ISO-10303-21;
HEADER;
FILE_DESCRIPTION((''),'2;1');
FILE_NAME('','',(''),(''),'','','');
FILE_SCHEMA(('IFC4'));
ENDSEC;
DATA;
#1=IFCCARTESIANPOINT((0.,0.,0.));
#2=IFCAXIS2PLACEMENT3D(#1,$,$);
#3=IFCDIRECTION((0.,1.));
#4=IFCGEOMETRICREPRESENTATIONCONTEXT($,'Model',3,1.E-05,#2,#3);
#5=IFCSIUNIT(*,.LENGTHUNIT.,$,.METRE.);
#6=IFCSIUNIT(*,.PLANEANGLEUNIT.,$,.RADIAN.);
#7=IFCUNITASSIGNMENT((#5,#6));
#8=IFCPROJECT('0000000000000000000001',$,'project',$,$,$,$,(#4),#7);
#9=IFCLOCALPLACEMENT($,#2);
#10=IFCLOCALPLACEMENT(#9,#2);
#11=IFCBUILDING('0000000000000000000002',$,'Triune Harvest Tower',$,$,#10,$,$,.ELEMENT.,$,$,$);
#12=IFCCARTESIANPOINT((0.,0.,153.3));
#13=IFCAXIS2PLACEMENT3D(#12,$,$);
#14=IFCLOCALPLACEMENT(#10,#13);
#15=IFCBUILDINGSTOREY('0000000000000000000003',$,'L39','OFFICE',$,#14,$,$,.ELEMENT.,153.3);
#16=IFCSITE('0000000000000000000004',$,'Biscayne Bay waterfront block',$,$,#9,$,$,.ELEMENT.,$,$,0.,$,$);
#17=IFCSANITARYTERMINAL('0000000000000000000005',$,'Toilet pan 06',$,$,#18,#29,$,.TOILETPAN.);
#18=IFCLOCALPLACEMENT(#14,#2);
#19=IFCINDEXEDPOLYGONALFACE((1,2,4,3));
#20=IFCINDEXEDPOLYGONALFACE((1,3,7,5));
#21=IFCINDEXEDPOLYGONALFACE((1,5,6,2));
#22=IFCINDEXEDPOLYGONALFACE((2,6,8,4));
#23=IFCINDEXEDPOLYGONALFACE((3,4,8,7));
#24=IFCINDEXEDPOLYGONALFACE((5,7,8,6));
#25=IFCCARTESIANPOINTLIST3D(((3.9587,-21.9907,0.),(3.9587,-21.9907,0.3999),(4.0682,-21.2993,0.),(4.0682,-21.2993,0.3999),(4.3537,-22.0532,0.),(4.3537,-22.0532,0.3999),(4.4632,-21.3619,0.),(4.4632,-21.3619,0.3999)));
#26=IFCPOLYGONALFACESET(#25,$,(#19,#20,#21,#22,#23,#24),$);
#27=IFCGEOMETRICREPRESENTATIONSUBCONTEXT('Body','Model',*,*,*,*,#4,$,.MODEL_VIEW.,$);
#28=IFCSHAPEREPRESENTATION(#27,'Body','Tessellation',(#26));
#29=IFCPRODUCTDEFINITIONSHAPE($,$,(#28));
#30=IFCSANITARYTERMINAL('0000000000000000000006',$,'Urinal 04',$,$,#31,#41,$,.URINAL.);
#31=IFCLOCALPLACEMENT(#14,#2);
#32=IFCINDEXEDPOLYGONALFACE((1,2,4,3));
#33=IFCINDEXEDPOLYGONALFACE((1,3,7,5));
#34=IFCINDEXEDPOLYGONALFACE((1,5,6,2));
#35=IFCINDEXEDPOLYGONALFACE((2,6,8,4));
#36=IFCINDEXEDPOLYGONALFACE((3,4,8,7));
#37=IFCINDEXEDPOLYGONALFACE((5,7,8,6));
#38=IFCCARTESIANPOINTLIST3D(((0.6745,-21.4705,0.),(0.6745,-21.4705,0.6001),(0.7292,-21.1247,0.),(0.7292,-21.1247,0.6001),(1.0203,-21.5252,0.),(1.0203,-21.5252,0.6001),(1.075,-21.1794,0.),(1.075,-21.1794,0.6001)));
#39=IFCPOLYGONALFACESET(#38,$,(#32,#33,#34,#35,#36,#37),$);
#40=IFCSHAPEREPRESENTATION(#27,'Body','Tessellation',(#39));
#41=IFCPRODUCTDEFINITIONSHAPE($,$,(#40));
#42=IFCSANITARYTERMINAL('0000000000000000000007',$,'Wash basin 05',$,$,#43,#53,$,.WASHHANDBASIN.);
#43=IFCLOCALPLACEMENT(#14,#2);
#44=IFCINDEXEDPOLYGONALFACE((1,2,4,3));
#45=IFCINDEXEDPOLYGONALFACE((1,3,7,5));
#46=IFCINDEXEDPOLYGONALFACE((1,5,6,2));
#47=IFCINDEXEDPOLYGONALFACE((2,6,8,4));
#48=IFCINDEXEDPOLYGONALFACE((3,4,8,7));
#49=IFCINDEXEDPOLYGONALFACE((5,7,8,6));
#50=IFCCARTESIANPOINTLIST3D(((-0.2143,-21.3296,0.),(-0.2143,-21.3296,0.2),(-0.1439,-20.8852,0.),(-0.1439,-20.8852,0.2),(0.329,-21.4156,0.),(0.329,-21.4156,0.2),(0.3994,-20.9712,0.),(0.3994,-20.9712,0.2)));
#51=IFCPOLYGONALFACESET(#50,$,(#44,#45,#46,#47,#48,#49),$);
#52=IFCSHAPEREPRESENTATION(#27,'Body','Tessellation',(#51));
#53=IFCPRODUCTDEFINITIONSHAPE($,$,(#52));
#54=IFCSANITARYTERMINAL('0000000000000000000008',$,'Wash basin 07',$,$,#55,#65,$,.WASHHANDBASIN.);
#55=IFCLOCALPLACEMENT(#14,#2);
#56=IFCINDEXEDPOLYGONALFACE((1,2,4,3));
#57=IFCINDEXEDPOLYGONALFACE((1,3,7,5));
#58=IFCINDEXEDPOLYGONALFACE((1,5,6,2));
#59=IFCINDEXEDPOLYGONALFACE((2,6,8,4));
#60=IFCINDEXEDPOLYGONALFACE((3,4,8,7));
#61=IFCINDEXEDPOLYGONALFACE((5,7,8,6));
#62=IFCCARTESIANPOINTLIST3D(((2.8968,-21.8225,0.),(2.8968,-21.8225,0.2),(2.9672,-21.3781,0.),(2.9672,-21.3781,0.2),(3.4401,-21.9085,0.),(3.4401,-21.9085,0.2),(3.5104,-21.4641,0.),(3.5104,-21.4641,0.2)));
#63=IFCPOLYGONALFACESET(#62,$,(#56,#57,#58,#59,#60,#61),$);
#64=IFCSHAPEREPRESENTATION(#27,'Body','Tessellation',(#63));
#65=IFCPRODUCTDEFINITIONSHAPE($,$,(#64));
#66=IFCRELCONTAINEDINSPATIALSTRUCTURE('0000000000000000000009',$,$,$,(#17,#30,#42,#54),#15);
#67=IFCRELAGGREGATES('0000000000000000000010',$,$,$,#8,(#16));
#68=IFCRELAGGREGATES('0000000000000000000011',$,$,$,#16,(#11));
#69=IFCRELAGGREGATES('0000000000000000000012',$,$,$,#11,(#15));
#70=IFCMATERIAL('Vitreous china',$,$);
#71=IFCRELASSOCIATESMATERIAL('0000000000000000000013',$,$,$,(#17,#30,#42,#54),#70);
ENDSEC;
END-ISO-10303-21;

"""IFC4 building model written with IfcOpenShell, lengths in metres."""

from ifc_helpers import new_model, si_unit, direction, frame, origin, origin_2d, place, context, subcontext, project, spatial, rectangle, extrude, source, transform, mapped, material, element, save


model = new_model("IFC4")

# Units and contexts
model_context = context("Model", 3, precision=1e-05, world=origin(), true_north=direction((0.0, 1.0)))
body_context = subcontext(model_context, "Body", "Model", "MODEL_VIEW")
ifc_project = project(units=[si_unit("LENGTHUNIT", "METRE"), si_unit("PLANEANGLEUNIT", "RADIAN")], contexts=[model_context])

# Site, building, storey
site_placement = place(None, origin())
site = spatial("IfcSite", under=ifc_project, at=site_placement, Name="Biscayne Bay waterfront block", CompositionType="ELEMENT", RefElevation=0.0)
building_placement = place(site_placement, origin())
building = spatial("IfcBuilding", under=site, at=building_placement, Name="Triune Harvest Tower", CompositionType="ELEMENT")
storey_placement = place(building_placement, frame((0.0, 0.0, 153.3)))
storey = spatial("IfcBuildingStorey", under=building, at=storey_placement, Name="L39", Description="OFFICE", CompositionType="ELEMENT", Elevation=153.3)

# Sanitary terminals
ifc_material_1 = material(Name="Vitreous china")
shared_shape_1 = source(origin(), body_context, "Body", "SweptSolid", [
    extrude(rectangle(XDim=0.3999, YDim=0.7, at=origin_2d()), origin(), (0.0, 0.0, 1.0), 0.3999),
])
for number, where, z_axis, x_axis, name in (
    (1, (4.2109, -21.6763, 0.0), (0.0, 0.0, 1.0), (-0.987688, 0.156434, 0.0), "Toilet pan 06"),
):
    element("IfcSanitaryTerminal", number, at=place(storey_placement, frame(where, z_axis=z_axis, x_axis=x_axis)), inside=storey, material=ifc_material_1, Name=name, PredefinedType="TOILETPAN", context=body_context, shape_type="MappedRepresentation", body=[
        mapped(shared_shape_1, transform((0.0, 0.0, 0.0), scale=1.0)),
    ])
shared_shape_2 = source(origin(), body_context, "Body", "SweptSolid", [
    extrude(rectangle(XDim=0.3501, YDim=0.3501, at=origin_2d()), origin(), (0.0, 0.0, 1.0), 0.6001),
])
sanitary_terminal_placement = place(storey_placement, frame((0.8748, -21.325, 0.0), z_axis=(0.0, 0.0, 1.0), x_axis=(-0.987688, 0.156434, 0.0)))
element("IfcSanitaryTerminal", 2, at=sanitary_terminal_placement, inside=storey, material=ifc_material_1, Name="Urinal 04", PredefinedType="URINAL", context=body_context, shape_type="MappedRepresentation", body=[
    mapped(shared_shape_2, transform((0.0, 0.0, 0.0), scale=1.0)),
])
shared_shape_3 = source(origin(), body_context, "Body", "SweptSolid", [
    extrude(rectangle(XDim=0.55, YDim=0.45, at=origin_2d()), origin(), (0.0, 0.0, 1.0), 0.2),
])
for number, where, z_axis, x_axis, name in (
    (3, (0.0925, -21.1504, 0.0), (0.0, 0.0, 1.0), (-0.987688, 0.156434, 0.0), "Wash basin 05"),
    (4, (3.2036, -21.6433, 0.0), (0.0, 0.0, 1.0), (-0.987688, 0.156434, 0.0), "Wash basin 07"),
):
    element("IfcSanitaryTerminal", number, at=place(storey_placement, frame(where, z_axis=z_axis, x_axis=x_axis)), inside=storey, material=ifc_material_1, Name=name, PredefinedType="WASHHANDBASIN", context=body_context, shape_type="MappedRepresentation", body=[
        mapped(shared_shape_3, transform((0.0, 0.0, 0.0), scale=1.0)),
    ])

save(model, "model.ifc")
